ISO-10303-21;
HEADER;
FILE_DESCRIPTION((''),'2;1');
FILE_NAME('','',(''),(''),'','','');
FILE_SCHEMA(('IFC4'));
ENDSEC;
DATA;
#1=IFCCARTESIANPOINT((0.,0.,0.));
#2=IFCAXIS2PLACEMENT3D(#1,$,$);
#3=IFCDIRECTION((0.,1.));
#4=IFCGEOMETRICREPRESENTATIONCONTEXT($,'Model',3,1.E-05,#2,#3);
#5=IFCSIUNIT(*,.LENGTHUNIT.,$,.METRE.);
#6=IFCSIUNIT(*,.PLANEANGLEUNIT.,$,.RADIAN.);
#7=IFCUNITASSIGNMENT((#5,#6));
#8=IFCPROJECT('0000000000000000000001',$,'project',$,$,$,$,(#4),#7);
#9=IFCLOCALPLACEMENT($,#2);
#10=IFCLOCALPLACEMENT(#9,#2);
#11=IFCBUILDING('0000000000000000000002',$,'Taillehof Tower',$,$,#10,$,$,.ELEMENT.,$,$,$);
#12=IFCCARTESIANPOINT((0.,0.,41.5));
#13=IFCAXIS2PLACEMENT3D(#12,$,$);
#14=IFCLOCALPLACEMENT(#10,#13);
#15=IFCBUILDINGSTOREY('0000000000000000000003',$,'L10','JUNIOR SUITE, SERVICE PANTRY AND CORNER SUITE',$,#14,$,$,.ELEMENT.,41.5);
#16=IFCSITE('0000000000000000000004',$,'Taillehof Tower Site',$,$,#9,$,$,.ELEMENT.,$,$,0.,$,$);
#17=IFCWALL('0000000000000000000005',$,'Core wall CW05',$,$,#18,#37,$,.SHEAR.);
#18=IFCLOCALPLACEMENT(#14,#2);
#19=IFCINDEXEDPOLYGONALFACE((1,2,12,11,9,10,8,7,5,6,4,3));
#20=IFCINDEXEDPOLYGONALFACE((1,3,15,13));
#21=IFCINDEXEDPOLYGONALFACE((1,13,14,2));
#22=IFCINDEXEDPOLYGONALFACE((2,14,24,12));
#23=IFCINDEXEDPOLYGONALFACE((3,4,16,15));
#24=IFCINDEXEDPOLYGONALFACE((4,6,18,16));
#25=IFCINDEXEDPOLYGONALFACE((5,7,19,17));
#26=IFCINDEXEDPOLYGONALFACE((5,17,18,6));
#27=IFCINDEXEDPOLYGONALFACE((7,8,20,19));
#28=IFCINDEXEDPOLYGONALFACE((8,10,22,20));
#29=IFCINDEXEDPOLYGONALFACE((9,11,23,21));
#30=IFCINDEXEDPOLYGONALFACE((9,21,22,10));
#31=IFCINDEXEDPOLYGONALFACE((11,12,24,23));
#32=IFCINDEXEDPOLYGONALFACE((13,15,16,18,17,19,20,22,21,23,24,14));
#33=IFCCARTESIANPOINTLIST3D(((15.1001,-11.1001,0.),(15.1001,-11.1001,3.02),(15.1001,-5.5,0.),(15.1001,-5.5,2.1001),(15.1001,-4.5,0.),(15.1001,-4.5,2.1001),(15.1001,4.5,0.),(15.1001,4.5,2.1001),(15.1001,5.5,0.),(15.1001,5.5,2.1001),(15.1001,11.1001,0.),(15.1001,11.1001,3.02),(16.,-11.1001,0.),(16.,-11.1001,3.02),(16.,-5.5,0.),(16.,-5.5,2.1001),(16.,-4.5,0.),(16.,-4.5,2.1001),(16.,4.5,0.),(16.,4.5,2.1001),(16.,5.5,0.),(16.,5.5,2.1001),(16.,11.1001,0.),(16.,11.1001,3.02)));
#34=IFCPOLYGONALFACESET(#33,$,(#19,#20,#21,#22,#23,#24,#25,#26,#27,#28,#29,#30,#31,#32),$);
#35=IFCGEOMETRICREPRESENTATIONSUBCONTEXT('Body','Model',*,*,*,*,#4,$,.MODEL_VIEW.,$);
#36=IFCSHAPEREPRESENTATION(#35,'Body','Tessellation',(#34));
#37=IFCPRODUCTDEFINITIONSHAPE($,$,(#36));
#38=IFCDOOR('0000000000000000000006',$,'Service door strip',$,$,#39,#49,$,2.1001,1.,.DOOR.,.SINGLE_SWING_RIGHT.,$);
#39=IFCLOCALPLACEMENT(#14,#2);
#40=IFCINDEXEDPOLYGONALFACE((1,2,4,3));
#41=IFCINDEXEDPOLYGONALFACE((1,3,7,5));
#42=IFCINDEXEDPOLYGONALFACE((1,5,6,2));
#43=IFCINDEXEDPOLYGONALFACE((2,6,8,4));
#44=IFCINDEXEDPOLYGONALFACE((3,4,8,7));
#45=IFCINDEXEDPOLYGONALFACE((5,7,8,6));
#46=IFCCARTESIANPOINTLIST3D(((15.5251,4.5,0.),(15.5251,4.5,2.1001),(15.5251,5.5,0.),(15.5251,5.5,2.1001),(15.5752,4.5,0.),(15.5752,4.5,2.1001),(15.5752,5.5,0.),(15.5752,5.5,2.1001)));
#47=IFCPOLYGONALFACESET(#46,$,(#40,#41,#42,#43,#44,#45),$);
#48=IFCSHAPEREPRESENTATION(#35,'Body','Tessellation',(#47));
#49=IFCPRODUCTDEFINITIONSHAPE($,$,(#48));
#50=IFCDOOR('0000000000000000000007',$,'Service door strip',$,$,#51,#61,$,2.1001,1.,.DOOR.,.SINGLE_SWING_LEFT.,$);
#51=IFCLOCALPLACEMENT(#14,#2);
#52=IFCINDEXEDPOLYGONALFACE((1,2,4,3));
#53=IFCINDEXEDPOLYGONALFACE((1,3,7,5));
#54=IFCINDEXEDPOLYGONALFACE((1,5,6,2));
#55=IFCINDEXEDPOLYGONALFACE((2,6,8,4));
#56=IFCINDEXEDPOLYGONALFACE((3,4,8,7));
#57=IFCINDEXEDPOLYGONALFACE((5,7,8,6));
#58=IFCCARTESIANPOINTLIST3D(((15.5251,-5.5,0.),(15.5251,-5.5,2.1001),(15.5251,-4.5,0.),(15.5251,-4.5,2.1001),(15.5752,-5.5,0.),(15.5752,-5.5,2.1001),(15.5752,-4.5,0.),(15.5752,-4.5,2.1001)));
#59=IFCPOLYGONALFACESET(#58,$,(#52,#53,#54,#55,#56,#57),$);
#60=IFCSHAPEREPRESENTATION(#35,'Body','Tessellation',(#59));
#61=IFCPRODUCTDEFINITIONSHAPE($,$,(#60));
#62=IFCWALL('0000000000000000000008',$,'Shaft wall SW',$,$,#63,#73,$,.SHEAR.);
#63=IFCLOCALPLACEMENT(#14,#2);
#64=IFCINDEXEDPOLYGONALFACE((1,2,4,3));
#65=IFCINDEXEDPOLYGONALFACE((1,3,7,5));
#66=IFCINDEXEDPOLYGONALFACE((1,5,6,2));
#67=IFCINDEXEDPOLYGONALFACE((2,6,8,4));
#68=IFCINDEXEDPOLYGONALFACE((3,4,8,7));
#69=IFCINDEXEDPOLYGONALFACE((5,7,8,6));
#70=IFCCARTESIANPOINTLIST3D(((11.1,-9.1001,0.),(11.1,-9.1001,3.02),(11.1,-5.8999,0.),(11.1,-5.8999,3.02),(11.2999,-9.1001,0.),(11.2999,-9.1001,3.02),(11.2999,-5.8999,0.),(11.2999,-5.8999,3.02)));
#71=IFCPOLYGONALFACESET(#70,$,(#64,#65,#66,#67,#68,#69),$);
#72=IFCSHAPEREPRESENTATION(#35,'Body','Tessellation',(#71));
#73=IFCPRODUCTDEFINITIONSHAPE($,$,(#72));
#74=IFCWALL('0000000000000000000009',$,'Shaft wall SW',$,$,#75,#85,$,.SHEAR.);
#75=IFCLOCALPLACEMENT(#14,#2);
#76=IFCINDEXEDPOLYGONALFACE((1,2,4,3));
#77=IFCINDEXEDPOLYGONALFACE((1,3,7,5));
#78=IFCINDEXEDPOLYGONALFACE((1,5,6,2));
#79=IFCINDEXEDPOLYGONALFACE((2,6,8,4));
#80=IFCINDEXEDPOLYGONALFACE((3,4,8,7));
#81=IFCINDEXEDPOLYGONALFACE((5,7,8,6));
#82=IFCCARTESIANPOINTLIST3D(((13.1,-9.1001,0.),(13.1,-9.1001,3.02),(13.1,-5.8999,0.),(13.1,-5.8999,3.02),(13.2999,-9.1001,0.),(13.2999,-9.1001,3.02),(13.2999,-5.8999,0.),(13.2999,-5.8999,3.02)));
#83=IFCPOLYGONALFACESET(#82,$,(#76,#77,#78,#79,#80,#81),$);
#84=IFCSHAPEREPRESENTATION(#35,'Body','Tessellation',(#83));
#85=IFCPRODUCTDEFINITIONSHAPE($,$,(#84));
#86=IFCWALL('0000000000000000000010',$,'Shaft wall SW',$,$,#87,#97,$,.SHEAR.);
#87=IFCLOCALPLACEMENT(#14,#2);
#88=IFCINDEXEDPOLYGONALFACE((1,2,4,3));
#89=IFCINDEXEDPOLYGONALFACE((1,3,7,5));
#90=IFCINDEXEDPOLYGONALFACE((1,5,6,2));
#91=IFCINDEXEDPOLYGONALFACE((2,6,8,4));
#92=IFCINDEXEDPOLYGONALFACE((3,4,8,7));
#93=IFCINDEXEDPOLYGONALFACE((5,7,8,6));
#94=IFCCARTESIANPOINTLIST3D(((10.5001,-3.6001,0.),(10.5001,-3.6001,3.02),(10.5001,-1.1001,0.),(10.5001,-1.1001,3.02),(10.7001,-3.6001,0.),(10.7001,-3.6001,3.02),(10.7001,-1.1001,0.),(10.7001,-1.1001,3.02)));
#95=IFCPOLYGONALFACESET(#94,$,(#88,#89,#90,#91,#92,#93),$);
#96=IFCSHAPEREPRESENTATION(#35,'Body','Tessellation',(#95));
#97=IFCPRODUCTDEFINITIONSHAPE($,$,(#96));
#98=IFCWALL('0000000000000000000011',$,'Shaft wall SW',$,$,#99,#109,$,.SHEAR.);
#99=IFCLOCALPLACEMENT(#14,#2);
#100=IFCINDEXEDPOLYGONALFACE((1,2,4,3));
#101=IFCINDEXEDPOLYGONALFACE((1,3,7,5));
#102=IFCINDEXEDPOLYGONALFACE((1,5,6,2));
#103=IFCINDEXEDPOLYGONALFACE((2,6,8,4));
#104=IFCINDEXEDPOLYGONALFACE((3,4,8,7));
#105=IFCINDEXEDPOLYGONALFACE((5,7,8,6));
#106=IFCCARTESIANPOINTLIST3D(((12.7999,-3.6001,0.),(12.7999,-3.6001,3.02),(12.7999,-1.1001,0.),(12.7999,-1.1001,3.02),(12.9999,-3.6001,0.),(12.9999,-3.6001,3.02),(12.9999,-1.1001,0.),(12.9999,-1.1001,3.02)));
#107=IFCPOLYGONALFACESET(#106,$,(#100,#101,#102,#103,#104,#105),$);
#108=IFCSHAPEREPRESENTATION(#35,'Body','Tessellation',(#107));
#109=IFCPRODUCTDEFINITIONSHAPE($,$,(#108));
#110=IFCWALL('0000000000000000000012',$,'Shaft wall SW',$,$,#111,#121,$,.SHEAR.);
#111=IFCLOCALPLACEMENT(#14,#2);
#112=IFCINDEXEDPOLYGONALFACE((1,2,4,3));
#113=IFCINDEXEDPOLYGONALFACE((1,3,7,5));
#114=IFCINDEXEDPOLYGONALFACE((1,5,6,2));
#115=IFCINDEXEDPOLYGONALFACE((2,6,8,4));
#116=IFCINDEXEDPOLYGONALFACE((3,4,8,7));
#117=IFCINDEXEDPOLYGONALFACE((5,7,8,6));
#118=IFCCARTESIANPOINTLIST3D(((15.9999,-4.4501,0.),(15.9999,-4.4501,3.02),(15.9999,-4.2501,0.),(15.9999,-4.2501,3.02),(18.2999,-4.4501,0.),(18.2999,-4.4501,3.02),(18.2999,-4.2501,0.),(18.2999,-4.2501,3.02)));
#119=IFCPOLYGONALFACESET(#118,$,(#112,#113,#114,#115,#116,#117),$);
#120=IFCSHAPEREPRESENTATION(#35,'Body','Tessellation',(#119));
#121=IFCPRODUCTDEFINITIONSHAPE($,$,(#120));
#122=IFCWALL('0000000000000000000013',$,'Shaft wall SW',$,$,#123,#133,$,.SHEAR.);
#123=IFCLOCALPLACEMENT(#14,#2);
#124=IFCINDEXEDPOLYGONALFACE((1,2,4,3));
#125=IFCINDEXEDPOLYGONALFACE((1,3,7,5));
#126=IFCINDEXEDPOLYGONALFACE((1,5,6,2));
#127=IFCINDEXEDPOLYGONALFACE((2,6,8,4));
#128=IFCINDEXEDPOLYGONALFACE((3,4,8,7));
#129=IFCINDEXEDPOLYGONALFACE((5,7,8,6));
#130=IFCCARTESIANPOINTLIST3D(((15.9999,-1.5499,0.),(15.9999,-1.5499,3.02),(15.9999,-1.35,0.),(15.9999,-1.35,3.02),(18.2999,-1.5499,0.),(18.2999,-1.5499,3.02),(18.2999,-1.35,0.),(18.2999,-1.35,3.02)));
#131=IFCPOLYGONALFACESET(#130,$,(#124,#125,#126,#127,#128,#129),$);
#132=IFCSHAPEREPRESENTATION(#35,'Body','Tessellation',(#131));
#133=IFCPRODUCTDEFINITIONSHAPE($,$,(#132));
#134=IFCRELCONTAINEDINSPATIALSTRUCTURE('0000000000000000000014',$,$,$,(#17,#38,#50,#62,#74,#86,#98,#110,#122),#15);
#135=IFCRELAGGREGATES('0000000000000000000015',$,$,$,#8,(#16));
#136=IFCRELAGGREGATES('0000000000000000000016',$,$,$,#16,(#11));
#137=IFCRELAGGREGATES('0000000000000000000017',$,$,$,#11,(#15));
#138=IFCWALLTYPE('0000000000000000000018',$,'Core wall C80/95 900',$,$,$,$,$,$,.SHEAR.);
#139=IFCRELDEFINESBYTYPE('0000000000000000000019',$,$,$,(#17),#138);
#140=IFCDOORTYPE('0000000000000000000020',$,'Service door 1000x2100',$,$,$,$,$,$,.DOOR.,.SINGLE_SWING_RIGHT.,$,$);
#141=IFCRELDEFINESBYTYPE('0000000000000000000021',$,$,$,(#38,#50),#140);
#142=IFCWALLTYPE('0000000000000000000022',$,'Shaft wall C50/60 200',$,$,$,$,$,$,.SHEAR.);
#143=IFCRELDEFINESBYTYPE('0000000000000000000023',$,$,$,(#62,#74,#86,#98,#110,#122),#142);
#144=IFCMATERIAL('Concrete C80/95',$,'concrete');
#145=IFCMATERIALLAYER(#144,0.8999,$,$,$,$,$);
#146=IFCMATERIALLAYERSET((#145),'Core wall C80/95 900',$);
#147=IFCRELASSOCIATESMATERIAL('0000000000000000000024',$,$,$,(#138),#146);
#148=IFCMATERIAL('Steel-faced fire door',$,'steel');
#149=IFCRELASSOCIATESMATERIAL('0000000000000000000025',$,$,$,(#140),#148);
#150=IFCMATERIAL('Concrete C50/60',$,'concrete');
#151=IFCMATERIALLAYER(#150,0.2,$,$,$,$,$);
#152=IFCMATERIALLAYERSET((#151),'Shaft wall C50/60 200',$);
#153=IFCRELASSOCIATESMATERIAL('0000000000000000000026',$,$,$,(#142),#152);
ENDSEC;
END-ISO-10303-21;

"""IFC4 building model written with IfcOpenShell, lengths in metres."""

from ifc_helpers import new_model, si_unit, direction, frame, frame_2d, origin, place, context, subcontext, project, spatial, rectangle, extrude, material, layer, layer_set, type_object, element, fill, save


model = new_model("IFC4")

# Units and contexts
model_context = context("Model", 3, precision=1e-05, world=origin(), true_north=direction((0.0, 1.0)))
body_context = subcontext(model_context, "Body", "Model", "MODEL_VIEW")
ifc_project = project(units=[si_unit("LENGTHUNIT", "METRE"), si_unit("PLANEANGLEUNIT", "RADIAN")], contexts=[model_context])

# Site, building, storey
site_placement = place(None, origin())
site = spatial("IfcSite", under=ifc_project, at=site_placement, Name="Taillehof Tower Site", CompositionType="ELEMENT", RefElevation=0.0)
building_placement = place(site_placement, origin())
building = spatial("IfcBuilding", under=site, at=building_placement, Name="Taillehof Tower", CompositionType="ELEMENT")
storey_placement = place(building_placement, frame((0.0, 0.0, 41.5)))
storey = spatial("IfcBuildingStorey", under=building, at=storey_placement, Name="L10", Description="JUNIOR SUITE, SERVICE PANTRY AND CORNER SUITE", CompositionType="ELEMENT", Elevation=41.5)

# Wall, openings, doors
ifc_material_1 = material(Name="Concrete C80/95", Category="concrete")
ifc_layer_1 = layer(ifc_material_1, 0.8999)
ifc_layer_set_1 = layer_set([ifc_layer_1], Name="Core wall C80/95 900")
wall_type_1 = type_object("IfcWallType", Name="Core wall C80/95 900", PredefinedType="SHEAR", material=ifc_layer_set_1)
wall_1_placement = place(storey_placement, frame((15.55, -11.1001, 0.0), z_axis=(0.0, 0.0, 1.0), x_axis=(0.0, 1.0, 0.0)))
wall_1 = element("IfcWall", 1, at=wall_1_placement, inside=storey, type_object=wall_type_1, Name="Core wall CW05", PredefinedType="SHEAR", context=body_context, shape_type="SweptSolid", body=[
    extrude(rectangle(XDim=22.2002, YDim=0.8999, at=frame_2d((11.1001, 0.0))), origin(), (0.0, 0.0, 1.0), 3.02),
])
opening_1_placement = place(wall_1_placement, frame((15.6001, 0.0, 0.0)))
opening_1 = element("IfcOpeningElement", 2, at=opening_1_placement, cuts=wall_1, PredefinedType="OPENING", context=body_context, shape_type="SweptSolid", body=[
    extrude(rectangle(XDim=1.0, YDim=2.1001, at=frame_2d((0.5, 1.05))), frame((0.0, 0.46, 0.0), z_axis=(0.0, -1.0, 0.0), x_axis=(1.0, 0.0, 0.0)), (0.0, 0.0, 1.0), 0.9199),
])
opening_2_placement = place(wall_1_placement, frame((5.6001, 0.0, 0.0)))
opening_2 = element("IfcOpeningElement", 3, at=opening_2_placement, cuts=wall_1, PredefinedType="OPENING", context=body_context, shape_type="SweptSolid", body=[
    extrude(rectangle(XDim=1.0, YDim=2.1001, at=frame_2d((0.5, 1.05))), frame((0.0, 0.46, 0.0), z_axis=(0.0, -1.0, 0.0), x_axis=(1.0, 0.0, 0.0)), (0.0, 0.0, 1.0), 0.9199),
])
ifc_material_2 = material(Name="Steel-faced fire door", Category="steel")
door_type_1 = type_object("IfcDoorType", Name="Service door 1000x2100", OperationType="SINGLE_SWING_RIGHT", PredefinedType="DOOR", material=ifc_material_2)
door_1_placement = place(opening_1_placement, origin())
door_1 = element("IfcDoor", 4, at=door_1_placement, inside=storey, type_object=door_type_1, Name="Service door strip", OperationType="SINGLE_SWING_RIGHT", OverallHeight=2.1001, OverallWidth=1.0, PredefinedType="DOOR", context=body_context, shape_type="SweptSolid", body=[
    extrude(rectangle(XDim=1.0, YDim=2.1001, at=frame_2d((0.5, 1.05))), frame((0.0, 0.0249, 0.0), z_axis=(0.0, -1.0, 0.0), x_axis=(1.0, 0.0, 0.0)), (0.0, 0.0, 1.0), 0.05),
])
fill(opening_1, door_1)
door_2_placement = place(opening_2_placement, origin())
door_2 = element("IfcDoor", 5, at=door_2_placement, inside=storey, type_object=door_type_1, Name="Service door strip", OperationType="SINGLE_SWING_LEFT", OverallHeight=2.1001, OverallWidth=1.0, PredefinedType="DOOR", context=body_context, shape_type="SweptSolid", body=[
    extrude(rectangle(XDim=1.0, YDim=2.1001, at=frame_2d((0.5, 1.05))), frame((0.0, 0.0249, 0.0), z_axis=(0.0, -1.0, 0.0), x_axis=(1.0, 0.0, 0.0)), (0.0, 0.0, 1.0), 0.05),
])
fill(opening_2, door_2)

# Walls
ifc_material_3 = material(Name="Concrete C50/60", Category="concrete")
ifc_layer_2 = layer(ifc_material_3, 0.2)
ifc_layer_set_2 = layer_set([ifc_layer_2], Name="Shaft wall C50/60 200")
wall_type_2 = type_object("IfcWallType", Name="Shaft wall C50/60 200", PredefinedType="SHEAR", material=ifc_layer_set_2)
for number, where, z_axis, x_axis, name in (
    (6, (11.2, -9.1001, 0.0), (0.0, 0.0, 1.0), (0.0, 1.0, 0.0), "Shaft wall SW"),
    (7, (13.2, -9.1001, 0.0), (0.0, 0.0, 1.0), (0.0, 1.0, 0.0), "Shaft wall SW"),
):
    element("IfcWall", number, at=place(storey_placement, frame(where, z_axis=z_axis, x_axis=x_axis)), inside=storey, type_object=wall_type_2, Name=name, PredefinedType="SHEAR", context=body_context, shape_type="SweptSolid", body=[
        extrude(rectangle(XDim=3.2002, YDim=0.2, at=frame_2d((1.6001, 0.0))), origin(), (0.0, 0.0, 1.0), 3.02),
    ])
for number, where, z_axis, x_axis, name in (
    (8, (10.6001, -3.6001, 0.0), (0.0, 0.0, 1.0), (0.0, 1.0, 0.0), "Shaft wall SW"),
    (9, (12.8999, -3.6001, 0.0), (0.0, 0.0, 1.0), (0.0, 1.0, 0.0), "Shaft wall SW"),
):
    element("IfcWall", number, at=place(storey_placement, frame(where, z_axis=z_axis, x_axis=x_axis)), inside=storey, type_object=wall_type_2, Name=name, PredefinedType="SHEAR", context=body_context, shape_type="SweptSolid", body=[
        extrude(rectangle(XDim=2.5, YDim=0.2, at=frame_2d((1.25, 0.0))), origin(), (0.0, 0.0, 1.0), 3.02),
    ])
for number, where, z_axis, x_axis, name in (
    (10, (16.0, -4.3501, 0.0), (0.0, 0.0, 1.0), (1.0, 0.0, 0.0), "Shaft wall SW"),
    (11, (16.0, -1.45, 0.0), (0.0, 0.0, 1.0), (1.0, 0.0, 0.0), "Shaft wall SW"),
):
    element("IfcWall", number, at=place(storey_placement, frame(where, z_axis=z_axis, x_axis=x_axis)), inside=storey, type_object=wall_type_2, Name=name, PredefinedType="SHEAR", context=body_context, shape_type="SweptSolid", body=[
        extrude(rectangle(XDim=2.3, YDim=0.2, at=frame_2d((1.1499, 0.0))), origin(), (0.0, 0.0, 1.0), 3.02),
    ])

save(model, "model.ifc")
